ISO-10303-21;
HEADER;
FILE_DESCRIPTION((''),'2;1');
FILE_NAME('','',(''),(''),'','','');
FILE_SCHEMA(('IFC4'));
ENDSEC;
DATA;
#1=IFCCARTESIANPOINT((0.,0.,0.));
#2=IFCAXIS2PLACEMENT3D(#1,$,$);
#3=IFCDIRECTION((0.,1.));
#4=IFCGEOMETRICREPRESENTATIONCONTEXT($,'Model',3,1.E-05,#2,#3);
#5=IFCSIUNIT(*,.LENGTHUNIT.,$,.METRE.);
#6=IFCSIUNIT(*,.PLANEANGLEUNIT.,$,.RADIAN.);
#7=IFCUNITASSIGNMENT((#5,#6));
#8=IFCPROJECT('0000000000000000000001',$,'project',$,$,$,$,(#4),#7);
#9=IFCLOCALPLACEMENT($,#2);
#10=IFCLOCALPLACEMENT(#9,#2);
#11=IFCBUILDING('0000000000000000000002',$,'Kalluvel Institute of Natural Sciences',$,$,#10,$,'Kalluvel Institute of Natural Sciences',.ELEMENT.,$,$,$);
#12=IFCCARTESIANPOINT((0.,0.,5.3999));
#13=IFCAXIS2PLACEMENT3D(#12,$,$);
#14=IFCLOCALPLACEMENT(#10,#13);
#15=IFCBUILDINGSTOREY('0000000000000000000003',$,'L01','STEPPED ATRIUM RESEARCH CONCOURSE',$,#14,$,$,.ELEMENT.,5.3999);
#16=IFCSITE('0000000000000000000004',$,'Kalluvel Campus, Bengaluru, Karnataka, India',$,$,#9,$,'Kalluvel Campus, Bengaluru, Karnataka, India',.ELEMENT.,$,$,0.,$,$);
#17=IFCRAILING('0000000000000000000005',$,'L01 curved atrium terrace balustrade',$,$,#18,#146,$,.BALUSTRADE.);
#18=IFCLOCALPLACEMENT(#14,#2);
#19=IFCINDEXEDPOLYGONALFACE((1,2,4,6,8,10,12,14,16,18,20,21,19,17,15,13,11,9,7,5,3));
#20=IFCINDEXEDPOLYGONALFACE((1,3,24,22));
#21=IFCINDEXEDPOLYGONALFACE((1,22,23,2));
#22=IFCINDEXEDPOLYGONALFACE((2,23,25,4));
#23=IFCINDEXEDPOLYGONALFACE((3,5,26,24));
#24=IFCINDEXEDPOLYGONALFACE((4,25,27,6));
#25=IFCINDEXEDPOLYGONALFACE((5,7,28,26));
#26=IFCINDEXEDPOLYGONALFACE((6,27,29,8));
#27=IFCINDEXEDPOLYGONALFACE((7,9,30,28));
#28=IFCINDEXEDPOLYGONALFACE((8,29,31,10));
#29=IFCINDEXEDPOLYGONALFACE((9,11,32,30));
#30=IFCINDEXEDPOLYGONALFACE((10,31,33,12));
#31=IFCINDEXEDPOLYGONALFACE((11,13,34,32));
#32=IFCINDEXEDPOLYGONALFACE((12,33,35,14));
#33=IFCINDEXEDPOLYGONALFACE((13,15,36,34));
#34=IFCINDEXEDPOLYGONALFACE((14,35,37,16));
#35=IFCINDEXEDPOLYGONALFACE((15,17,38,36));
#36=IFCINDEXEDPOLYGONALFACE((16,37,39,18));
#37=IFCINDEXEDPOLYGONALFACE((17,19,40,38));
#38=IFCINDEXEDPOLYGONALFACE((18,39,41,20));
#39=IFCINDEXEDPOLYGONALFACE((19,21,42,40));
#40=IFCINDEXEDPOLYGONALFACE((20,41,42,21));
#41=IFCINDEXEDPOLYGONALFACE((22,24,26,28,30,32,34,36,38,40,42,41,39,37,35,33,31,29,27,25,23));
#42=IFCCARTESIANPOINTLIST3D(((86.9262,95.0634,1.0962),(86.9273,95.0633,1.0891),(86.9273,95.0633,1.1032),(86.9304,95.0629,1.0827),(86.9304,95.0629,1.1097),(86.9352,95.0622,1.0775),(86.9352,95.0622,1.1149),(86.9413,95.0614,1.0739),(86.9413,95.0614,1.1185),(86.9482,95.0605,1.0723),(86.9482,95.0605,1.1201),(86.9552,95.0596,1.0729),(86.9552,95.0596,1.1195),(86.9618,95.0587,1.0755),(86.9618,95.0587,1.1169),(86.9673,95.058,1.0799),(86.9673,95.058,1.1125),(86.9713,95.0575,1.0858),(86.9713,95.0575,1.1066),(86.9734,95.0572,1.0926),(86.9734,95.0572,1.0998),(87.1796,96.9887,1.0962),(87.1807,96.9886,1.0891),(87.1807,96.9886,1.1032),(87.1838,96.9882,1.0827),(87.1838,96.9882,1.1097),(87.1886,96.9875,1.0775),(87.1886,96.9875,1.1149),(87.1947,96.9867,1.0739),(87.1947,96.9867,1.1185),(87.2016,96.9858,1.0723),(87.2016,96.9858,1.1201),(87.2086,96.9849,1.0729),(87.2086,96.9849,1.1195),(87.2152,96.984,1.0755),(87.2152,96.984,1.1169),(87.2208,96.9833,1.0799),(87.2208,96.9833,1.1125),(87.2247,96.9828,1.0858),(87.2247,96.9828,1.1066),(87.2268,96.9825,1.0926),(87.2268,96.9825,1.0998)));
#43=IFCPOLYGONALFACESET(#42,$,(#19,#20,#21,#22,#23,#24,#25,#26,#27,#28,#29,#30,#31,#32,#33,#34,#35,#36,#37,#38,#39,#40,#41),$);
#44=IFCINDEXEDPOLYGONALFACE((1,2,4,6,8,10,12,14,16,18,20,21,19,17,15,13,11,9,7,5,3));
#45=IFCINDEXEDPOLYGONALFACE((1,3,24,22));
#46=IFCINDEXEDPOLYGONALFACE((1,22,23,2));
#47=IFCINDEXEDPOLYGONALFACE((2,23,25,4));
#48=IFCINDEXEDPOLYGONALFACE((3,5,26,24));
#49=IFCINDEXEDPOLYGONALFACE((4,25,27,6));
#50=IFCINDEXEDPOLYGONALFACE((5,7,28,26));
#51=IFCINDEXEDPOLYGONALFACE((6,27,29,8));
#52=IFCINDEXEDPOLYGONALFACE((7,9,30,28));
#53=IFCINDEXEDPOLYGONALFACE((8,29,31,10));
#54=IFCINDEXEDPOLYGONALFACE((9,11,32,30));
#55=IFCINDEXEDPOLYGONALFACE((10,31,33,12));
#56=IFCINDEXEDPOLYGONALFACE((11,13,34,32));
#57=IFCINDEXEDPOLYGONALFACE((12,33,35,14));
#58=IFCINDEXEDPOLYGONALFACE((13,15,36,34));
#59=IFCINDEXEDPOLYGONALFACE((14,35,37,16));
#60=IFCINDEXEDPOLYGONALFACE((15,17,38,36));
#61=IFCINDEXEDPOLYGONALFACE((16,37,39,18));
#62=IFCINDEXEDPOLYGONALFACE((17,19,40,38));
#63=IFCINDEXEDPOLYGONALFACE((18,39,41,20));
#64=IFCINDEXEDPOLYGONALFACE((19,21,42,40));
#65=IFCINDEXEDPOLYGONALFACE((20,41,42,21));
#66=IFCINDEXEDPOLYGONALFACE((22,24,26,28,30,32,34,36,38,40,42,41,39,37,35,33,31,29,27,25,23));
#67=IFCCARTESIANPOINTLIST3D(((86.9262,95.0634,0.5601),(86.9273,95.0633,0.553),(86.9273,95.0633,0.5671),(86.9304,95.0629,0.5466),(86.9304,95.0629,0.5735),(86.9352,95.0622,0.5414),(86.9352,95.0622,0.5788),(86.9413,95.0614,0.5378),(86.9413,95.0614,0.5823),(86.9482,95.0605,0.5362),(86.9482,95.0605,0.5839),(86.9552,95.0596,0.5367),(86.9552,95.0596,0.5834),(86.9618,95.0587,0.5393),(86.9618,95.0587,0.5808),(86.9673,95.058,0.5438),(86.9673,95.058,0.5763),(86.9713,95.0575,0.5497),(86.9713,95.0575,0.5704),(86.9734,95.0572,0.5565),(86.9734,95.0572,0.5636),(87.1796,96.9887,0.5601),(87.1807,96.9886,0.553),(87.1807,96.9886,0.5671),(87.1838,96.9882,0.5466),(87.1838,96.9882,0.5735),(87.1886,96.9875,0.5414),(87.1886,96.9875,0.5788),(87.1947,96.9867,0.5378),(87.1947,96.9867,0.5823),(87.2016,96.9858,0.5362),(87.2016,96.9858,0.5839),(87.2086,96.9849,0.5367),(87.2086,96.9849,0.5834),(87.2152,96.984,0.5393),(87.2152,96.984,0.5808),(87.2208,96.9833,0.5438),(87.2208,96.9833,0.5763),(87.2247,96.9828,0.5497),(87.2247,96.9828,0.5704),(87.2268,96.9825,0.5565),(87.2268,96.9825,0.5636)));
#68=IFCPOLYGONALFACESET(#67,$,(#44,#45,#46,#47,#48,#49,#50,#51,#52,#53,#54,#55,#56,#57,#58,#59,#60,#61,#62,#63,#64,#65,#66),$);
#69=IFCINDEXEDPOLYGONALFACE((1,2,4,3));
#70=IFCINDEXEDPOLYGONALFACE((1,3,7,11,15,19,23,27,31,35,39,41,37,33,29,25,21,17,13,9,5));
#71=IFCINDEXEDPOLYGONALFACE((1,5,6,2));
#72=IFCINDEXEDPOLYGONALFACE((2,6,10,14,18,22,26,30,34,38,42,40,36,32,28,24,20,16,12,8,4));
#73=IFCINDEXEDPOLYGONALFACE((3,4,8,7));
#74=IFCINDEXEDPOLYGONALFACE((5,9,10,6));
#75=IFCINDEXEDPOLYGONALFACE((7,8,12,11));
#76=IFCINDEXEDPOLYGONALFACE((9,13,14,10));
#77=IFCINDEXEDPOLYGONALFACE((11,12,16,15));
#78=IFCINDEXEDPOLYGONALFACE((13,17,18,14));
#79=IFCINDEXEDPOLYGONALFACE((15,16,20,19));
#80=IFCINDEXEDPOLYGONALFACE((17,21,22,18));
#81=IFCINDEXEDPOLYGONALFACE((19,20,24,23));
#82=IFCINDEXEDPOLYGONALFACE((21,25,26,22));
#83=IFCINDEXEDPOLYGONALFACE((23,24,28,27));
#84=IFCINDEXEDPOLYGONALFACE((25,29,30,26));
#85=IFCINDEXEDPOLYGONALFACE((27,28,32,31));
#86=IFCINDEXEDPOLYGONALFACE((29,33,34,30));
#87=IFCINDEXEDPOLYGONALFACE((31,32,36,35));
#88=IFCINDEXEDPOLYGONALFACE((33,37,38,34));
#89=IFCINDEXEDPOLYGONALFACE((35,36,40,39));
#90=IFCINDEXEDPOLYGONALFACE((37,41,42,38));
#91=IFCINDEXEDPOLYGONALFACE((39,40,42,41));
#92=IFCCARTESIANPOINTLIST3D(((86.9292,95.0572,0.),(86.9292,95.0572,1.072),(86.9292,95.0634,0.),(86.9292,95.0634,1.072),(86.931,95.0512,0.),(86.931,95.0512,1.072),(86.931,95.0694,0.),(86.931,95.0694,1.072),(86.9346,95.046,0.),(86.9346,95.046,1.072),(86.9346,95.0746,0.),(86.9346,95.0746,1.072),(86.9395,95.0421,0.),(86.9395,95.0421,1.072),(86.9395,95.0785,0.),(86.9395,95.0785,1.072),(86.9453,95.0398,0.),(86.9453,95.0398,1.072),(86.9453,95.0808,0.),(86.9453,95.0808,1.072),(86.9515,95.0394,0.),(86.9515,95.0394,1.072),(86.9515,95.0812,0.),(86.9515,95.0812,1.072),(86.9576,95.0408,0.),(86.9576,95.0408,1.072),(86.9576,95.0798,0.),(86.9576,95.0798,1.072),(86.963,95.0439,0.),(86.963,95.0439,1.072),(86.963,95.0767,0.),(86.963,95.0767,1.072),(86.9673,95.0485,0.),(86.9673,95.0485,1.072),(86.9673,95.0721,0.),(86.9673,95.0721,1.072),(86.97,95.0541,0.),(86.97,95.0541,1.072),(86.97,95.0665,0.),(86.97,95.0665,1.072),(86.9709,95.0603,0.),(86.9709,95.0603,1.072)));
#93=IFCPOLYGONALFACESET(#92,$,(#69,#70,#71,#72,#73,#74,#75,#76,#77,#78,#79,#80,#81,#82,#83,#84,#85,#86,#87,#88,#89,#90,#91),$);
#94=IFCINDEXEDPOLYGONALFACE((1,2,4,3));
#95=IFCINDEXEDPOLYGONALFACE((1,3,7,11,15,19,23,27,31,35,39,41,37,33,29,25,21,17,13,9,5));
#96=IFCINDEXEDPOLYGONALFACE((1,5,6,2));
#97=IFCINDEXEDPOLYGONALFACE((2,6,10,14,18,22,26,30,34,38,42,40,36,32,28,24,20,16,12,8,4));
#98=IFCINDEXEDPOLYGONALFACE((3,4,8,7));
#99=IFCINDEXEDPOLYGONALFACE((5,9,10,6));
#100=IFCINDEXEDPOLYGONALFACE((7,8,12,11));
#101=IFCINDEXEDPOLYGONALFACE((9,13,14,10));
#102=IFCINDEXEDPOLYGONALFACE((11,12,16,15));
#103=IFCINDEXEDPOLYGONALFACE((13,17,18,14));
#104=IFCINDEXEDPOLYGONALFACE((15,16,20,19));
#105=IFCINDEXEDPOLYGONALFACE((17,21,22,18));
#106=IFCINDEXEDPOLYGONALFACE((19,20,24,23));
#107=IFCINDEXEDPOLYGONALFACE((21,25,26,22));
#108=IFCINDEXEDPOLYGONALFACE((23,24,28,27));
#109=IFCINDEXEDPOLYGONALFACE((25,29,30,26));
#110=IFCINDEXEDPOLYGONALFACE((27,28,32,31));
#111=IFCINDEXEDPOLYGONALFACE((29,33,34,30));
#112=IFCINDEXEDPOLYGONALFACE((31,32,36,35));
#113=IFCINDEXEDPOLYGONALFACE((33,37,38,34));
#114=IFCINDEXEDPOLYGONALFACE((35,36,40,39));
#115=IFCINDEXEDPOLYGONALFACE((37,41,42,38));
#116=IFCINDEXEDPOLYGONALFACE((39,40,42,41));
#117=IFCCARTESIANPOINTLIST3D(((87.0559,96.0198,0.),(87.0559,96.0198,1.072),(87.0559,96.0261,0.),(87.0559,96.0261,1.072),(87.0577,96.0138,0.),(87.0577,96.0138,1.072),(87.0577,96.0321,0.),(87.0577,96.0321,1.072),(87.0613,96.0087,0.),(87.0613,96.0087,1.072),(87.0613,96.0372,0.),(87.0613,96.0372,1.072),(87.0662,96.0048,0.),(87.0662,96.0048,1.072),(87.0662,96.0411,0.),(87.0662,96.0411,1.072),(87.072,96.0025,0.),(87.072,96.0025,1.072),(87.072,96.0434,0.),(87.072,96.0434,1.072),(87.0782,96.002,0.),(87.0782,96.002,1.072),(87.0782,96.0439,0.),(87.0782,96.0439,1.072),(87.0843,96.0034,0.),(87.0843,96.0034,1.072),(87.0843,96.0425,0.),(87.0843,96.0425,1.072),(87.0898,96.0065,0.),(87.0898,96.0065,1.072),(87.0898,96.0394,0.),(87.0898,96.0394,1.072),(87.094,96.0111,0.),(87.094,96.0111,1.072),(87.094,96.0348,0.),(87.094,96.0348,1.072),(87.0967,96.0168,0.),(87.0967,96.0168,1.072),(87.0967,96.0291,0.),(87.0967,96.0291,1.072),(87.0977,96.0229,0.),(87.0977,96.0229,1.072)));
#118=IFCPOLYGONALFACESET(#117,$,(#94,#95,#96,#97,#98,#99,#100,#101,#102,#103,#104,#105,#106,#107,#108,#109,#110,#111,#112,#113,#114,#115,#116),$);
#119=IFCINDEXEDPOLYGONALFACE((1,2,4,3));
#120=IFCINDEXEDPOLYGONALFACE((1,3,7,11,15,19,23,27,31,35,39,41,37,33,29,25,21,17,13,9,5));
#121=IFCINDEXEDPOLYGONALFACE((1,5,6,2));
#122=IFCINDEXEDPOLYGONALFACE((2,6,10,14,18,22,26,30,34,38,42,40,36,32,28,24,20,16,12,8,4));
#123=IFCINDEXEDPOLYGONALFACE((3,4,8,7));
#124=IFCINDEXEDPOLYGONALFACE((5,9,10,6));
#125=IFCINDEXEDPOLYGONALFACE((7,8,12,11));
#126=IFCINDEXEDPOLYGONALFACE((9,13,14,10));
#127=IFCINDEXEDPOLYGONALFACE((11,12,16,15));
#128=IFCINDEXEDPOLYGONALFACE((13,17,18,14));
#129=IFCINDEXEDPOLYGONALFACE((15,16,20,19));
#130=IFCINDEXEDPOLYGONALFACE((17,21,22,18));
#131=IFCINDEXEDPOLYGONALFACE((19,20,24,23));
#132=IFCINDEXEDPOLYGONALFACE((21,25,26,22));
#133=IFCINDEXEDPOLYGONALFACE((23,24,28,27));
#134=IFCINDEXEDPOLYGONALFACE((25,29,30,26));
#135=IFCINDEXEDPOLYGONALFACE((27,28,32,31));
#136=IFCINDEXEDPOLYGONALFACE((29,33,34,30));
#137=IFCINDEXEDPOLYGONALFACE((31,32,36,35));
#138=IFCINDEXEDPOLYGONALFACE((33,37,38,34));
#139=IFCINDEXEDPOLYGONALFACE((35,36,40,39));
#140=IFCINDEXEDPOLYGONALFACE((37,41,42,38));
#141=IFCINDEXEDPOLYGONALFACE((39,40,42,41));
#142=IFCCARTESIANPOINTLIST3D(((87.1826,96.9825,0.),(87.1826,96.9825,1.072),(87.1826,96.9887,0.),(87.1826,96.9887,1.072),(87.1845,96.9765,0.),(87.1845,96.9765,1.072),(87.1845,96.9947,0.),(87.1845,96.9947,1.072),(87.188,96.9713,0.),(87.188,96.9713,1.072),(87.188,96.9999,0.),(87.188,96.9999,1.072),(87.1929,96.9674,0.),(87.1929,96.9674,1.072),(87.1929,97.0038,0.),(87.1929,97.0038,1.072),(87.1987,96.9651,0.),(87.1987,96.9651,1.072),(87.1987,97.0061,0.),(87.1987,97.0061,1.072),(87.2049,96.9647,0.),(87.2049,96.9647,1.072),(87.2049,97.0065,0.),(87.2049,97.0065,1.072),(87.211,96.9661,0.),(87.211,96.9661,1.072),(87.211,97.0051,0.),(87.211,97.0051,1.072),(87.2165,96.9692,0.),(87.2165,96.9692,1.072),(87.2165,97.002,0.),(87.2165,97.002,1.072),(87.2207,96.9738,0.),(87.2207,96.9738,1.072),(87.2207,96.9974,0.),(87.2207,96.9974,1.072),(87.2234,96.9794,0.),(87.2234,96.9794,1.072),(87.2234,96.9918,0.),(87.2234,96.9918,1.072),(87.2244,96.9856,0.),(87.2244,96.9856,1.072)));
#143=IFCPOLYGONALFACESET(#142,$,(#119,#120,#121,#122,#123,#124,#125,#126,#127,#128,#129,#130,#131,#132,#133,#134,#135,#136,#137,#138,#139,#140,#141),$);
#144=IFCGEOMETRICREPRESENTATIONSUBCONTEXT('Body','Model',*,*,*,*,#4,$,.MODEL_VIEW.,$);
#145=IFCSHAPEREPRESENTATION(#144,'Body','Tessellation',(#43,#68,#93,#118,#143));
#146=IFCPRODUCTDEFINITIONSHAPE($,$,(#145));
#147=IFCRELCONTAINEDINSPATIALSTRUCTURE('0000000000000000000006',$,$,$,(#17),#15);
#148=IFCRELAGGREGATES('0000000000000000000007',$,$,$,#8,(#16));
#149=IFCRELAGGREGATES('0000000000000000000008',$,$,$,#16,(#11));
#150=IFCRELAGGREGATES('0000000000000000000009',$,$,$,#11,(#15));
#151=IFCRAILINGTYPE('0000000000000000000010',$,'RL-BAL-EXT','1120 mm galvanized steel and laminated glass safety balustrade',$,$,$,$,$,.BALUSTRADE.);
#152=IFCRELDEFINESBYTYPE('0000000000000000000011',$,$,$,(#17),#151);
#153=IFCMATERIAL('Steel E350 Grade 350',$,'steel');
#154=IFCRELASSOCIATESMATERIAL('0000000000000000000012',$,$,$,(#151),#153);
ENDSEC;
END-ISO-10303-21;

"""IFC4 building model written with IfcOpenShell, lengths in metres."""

from ifc_helpers import new_model, si_unit, direction, frame, origin, origin_2d, place, context, subcontext, project, spatial, circle, extrude, material, type_object, element, save


model = new_model("IFC4")

# Units and contexts
model_context = context("Model", 3, precision=1e-05, world=origin(), true_north=direction((0.0, 1.0)))
body_context = subcontext(model_context, "Body", "Model", "MODEL_VIEW")
ifc_project = project(units=[si_unit("LENGTHUNIT", "METRE"), si_unit("PLANEANGLEUNIT", "RADIAN")], contexts=[model_context])

# Site, building, storey
site_placement = place(None, origin())
site = spatial("IfcSite", under=ifc_project, at=site_placement, Name="Kalluvel Campus, Bengaluru, Karnataka, India", LongName="Kalluvel Campus, Bengaluru, Karnataka, India", CompositionType="ELEMENT", RefElevation=0.0)
building_placement = place(site_placement, origin())
building = spatial("IfcBuilding", under=site, at=building_placement, Name="Kalluvel Institute of Natural Sciences", LongName="Kalluvel Institute of Natural Sciences", CompositionType="ELEMENT")
storey_placement = place(building_placement, frame((0.0, 0.0, 5.3999)))
storey = spatial("IfcBuildingStorey", under=building, at=storey_placement, Name="L01", Description="STEPPED ATRIUM RESEARCH CONCOURSE", CompositionType="ELEMENT", Elevation=5.3999)

# Railing
ifc_material_1 = material(Name="Steel E350 Grade 350", Category="steel")
railing_type = type_object("IfcRailingType", Name="RL-BAL-EXT", Description="1120 mm galvanized steel and laminated glass safety balustrade", PredefinedType="BALUSTRADE", material=ifc_material_1)
railing_1_placement = place(storey_placement, frame((86.95, 95.0603, 0.0)))
element("IfcRailing", 1, at=railing_1_placement, inside=storey, type_object=railing_type, Name="L01 curved atrium terrace balustrade", PredefinedType="BALUSTRADE", context=body_context, shape_type="SweptSolid", body=[
    extrude(circle(Radius=0.0239, at=origin_2d()), frame((0.0, 0.0, 1.0962), z_axis=(0.1305, 0.991448, 0.0), x_axis=(-0.991448, 0.1305, 0.0)), (0.0, 0.0, 1.0), 1.9419),
    extrude(circle(Radius=0.0239, at=origin_2d()), frame((0.0, 0.0, 0.5601), z_axis=(0.1305, 0.991448, 0.0), x_axis=(-0.991448, 0.1305, 0.0)), (0.0, 0.0, 1.0), 1.9419),
    extrude(circle(Radius=0.021, at=origin_2d()), origin(), (0.0, 0.0, 1.0), 1.072),
    extrude(circle(Radius=0.021, at=origin_2d()), frame((0.1267, 0.9626, 0.0)), (0.0, 0.0, 1.0), 1.072),
    extrude(circle(Radius=0.021, at=origin_2d()), frame((0.2534, 1.9253, 0.0)), (0.0, 0.0, 1.0), 1.072),
])

save(model, "model.ifc")
